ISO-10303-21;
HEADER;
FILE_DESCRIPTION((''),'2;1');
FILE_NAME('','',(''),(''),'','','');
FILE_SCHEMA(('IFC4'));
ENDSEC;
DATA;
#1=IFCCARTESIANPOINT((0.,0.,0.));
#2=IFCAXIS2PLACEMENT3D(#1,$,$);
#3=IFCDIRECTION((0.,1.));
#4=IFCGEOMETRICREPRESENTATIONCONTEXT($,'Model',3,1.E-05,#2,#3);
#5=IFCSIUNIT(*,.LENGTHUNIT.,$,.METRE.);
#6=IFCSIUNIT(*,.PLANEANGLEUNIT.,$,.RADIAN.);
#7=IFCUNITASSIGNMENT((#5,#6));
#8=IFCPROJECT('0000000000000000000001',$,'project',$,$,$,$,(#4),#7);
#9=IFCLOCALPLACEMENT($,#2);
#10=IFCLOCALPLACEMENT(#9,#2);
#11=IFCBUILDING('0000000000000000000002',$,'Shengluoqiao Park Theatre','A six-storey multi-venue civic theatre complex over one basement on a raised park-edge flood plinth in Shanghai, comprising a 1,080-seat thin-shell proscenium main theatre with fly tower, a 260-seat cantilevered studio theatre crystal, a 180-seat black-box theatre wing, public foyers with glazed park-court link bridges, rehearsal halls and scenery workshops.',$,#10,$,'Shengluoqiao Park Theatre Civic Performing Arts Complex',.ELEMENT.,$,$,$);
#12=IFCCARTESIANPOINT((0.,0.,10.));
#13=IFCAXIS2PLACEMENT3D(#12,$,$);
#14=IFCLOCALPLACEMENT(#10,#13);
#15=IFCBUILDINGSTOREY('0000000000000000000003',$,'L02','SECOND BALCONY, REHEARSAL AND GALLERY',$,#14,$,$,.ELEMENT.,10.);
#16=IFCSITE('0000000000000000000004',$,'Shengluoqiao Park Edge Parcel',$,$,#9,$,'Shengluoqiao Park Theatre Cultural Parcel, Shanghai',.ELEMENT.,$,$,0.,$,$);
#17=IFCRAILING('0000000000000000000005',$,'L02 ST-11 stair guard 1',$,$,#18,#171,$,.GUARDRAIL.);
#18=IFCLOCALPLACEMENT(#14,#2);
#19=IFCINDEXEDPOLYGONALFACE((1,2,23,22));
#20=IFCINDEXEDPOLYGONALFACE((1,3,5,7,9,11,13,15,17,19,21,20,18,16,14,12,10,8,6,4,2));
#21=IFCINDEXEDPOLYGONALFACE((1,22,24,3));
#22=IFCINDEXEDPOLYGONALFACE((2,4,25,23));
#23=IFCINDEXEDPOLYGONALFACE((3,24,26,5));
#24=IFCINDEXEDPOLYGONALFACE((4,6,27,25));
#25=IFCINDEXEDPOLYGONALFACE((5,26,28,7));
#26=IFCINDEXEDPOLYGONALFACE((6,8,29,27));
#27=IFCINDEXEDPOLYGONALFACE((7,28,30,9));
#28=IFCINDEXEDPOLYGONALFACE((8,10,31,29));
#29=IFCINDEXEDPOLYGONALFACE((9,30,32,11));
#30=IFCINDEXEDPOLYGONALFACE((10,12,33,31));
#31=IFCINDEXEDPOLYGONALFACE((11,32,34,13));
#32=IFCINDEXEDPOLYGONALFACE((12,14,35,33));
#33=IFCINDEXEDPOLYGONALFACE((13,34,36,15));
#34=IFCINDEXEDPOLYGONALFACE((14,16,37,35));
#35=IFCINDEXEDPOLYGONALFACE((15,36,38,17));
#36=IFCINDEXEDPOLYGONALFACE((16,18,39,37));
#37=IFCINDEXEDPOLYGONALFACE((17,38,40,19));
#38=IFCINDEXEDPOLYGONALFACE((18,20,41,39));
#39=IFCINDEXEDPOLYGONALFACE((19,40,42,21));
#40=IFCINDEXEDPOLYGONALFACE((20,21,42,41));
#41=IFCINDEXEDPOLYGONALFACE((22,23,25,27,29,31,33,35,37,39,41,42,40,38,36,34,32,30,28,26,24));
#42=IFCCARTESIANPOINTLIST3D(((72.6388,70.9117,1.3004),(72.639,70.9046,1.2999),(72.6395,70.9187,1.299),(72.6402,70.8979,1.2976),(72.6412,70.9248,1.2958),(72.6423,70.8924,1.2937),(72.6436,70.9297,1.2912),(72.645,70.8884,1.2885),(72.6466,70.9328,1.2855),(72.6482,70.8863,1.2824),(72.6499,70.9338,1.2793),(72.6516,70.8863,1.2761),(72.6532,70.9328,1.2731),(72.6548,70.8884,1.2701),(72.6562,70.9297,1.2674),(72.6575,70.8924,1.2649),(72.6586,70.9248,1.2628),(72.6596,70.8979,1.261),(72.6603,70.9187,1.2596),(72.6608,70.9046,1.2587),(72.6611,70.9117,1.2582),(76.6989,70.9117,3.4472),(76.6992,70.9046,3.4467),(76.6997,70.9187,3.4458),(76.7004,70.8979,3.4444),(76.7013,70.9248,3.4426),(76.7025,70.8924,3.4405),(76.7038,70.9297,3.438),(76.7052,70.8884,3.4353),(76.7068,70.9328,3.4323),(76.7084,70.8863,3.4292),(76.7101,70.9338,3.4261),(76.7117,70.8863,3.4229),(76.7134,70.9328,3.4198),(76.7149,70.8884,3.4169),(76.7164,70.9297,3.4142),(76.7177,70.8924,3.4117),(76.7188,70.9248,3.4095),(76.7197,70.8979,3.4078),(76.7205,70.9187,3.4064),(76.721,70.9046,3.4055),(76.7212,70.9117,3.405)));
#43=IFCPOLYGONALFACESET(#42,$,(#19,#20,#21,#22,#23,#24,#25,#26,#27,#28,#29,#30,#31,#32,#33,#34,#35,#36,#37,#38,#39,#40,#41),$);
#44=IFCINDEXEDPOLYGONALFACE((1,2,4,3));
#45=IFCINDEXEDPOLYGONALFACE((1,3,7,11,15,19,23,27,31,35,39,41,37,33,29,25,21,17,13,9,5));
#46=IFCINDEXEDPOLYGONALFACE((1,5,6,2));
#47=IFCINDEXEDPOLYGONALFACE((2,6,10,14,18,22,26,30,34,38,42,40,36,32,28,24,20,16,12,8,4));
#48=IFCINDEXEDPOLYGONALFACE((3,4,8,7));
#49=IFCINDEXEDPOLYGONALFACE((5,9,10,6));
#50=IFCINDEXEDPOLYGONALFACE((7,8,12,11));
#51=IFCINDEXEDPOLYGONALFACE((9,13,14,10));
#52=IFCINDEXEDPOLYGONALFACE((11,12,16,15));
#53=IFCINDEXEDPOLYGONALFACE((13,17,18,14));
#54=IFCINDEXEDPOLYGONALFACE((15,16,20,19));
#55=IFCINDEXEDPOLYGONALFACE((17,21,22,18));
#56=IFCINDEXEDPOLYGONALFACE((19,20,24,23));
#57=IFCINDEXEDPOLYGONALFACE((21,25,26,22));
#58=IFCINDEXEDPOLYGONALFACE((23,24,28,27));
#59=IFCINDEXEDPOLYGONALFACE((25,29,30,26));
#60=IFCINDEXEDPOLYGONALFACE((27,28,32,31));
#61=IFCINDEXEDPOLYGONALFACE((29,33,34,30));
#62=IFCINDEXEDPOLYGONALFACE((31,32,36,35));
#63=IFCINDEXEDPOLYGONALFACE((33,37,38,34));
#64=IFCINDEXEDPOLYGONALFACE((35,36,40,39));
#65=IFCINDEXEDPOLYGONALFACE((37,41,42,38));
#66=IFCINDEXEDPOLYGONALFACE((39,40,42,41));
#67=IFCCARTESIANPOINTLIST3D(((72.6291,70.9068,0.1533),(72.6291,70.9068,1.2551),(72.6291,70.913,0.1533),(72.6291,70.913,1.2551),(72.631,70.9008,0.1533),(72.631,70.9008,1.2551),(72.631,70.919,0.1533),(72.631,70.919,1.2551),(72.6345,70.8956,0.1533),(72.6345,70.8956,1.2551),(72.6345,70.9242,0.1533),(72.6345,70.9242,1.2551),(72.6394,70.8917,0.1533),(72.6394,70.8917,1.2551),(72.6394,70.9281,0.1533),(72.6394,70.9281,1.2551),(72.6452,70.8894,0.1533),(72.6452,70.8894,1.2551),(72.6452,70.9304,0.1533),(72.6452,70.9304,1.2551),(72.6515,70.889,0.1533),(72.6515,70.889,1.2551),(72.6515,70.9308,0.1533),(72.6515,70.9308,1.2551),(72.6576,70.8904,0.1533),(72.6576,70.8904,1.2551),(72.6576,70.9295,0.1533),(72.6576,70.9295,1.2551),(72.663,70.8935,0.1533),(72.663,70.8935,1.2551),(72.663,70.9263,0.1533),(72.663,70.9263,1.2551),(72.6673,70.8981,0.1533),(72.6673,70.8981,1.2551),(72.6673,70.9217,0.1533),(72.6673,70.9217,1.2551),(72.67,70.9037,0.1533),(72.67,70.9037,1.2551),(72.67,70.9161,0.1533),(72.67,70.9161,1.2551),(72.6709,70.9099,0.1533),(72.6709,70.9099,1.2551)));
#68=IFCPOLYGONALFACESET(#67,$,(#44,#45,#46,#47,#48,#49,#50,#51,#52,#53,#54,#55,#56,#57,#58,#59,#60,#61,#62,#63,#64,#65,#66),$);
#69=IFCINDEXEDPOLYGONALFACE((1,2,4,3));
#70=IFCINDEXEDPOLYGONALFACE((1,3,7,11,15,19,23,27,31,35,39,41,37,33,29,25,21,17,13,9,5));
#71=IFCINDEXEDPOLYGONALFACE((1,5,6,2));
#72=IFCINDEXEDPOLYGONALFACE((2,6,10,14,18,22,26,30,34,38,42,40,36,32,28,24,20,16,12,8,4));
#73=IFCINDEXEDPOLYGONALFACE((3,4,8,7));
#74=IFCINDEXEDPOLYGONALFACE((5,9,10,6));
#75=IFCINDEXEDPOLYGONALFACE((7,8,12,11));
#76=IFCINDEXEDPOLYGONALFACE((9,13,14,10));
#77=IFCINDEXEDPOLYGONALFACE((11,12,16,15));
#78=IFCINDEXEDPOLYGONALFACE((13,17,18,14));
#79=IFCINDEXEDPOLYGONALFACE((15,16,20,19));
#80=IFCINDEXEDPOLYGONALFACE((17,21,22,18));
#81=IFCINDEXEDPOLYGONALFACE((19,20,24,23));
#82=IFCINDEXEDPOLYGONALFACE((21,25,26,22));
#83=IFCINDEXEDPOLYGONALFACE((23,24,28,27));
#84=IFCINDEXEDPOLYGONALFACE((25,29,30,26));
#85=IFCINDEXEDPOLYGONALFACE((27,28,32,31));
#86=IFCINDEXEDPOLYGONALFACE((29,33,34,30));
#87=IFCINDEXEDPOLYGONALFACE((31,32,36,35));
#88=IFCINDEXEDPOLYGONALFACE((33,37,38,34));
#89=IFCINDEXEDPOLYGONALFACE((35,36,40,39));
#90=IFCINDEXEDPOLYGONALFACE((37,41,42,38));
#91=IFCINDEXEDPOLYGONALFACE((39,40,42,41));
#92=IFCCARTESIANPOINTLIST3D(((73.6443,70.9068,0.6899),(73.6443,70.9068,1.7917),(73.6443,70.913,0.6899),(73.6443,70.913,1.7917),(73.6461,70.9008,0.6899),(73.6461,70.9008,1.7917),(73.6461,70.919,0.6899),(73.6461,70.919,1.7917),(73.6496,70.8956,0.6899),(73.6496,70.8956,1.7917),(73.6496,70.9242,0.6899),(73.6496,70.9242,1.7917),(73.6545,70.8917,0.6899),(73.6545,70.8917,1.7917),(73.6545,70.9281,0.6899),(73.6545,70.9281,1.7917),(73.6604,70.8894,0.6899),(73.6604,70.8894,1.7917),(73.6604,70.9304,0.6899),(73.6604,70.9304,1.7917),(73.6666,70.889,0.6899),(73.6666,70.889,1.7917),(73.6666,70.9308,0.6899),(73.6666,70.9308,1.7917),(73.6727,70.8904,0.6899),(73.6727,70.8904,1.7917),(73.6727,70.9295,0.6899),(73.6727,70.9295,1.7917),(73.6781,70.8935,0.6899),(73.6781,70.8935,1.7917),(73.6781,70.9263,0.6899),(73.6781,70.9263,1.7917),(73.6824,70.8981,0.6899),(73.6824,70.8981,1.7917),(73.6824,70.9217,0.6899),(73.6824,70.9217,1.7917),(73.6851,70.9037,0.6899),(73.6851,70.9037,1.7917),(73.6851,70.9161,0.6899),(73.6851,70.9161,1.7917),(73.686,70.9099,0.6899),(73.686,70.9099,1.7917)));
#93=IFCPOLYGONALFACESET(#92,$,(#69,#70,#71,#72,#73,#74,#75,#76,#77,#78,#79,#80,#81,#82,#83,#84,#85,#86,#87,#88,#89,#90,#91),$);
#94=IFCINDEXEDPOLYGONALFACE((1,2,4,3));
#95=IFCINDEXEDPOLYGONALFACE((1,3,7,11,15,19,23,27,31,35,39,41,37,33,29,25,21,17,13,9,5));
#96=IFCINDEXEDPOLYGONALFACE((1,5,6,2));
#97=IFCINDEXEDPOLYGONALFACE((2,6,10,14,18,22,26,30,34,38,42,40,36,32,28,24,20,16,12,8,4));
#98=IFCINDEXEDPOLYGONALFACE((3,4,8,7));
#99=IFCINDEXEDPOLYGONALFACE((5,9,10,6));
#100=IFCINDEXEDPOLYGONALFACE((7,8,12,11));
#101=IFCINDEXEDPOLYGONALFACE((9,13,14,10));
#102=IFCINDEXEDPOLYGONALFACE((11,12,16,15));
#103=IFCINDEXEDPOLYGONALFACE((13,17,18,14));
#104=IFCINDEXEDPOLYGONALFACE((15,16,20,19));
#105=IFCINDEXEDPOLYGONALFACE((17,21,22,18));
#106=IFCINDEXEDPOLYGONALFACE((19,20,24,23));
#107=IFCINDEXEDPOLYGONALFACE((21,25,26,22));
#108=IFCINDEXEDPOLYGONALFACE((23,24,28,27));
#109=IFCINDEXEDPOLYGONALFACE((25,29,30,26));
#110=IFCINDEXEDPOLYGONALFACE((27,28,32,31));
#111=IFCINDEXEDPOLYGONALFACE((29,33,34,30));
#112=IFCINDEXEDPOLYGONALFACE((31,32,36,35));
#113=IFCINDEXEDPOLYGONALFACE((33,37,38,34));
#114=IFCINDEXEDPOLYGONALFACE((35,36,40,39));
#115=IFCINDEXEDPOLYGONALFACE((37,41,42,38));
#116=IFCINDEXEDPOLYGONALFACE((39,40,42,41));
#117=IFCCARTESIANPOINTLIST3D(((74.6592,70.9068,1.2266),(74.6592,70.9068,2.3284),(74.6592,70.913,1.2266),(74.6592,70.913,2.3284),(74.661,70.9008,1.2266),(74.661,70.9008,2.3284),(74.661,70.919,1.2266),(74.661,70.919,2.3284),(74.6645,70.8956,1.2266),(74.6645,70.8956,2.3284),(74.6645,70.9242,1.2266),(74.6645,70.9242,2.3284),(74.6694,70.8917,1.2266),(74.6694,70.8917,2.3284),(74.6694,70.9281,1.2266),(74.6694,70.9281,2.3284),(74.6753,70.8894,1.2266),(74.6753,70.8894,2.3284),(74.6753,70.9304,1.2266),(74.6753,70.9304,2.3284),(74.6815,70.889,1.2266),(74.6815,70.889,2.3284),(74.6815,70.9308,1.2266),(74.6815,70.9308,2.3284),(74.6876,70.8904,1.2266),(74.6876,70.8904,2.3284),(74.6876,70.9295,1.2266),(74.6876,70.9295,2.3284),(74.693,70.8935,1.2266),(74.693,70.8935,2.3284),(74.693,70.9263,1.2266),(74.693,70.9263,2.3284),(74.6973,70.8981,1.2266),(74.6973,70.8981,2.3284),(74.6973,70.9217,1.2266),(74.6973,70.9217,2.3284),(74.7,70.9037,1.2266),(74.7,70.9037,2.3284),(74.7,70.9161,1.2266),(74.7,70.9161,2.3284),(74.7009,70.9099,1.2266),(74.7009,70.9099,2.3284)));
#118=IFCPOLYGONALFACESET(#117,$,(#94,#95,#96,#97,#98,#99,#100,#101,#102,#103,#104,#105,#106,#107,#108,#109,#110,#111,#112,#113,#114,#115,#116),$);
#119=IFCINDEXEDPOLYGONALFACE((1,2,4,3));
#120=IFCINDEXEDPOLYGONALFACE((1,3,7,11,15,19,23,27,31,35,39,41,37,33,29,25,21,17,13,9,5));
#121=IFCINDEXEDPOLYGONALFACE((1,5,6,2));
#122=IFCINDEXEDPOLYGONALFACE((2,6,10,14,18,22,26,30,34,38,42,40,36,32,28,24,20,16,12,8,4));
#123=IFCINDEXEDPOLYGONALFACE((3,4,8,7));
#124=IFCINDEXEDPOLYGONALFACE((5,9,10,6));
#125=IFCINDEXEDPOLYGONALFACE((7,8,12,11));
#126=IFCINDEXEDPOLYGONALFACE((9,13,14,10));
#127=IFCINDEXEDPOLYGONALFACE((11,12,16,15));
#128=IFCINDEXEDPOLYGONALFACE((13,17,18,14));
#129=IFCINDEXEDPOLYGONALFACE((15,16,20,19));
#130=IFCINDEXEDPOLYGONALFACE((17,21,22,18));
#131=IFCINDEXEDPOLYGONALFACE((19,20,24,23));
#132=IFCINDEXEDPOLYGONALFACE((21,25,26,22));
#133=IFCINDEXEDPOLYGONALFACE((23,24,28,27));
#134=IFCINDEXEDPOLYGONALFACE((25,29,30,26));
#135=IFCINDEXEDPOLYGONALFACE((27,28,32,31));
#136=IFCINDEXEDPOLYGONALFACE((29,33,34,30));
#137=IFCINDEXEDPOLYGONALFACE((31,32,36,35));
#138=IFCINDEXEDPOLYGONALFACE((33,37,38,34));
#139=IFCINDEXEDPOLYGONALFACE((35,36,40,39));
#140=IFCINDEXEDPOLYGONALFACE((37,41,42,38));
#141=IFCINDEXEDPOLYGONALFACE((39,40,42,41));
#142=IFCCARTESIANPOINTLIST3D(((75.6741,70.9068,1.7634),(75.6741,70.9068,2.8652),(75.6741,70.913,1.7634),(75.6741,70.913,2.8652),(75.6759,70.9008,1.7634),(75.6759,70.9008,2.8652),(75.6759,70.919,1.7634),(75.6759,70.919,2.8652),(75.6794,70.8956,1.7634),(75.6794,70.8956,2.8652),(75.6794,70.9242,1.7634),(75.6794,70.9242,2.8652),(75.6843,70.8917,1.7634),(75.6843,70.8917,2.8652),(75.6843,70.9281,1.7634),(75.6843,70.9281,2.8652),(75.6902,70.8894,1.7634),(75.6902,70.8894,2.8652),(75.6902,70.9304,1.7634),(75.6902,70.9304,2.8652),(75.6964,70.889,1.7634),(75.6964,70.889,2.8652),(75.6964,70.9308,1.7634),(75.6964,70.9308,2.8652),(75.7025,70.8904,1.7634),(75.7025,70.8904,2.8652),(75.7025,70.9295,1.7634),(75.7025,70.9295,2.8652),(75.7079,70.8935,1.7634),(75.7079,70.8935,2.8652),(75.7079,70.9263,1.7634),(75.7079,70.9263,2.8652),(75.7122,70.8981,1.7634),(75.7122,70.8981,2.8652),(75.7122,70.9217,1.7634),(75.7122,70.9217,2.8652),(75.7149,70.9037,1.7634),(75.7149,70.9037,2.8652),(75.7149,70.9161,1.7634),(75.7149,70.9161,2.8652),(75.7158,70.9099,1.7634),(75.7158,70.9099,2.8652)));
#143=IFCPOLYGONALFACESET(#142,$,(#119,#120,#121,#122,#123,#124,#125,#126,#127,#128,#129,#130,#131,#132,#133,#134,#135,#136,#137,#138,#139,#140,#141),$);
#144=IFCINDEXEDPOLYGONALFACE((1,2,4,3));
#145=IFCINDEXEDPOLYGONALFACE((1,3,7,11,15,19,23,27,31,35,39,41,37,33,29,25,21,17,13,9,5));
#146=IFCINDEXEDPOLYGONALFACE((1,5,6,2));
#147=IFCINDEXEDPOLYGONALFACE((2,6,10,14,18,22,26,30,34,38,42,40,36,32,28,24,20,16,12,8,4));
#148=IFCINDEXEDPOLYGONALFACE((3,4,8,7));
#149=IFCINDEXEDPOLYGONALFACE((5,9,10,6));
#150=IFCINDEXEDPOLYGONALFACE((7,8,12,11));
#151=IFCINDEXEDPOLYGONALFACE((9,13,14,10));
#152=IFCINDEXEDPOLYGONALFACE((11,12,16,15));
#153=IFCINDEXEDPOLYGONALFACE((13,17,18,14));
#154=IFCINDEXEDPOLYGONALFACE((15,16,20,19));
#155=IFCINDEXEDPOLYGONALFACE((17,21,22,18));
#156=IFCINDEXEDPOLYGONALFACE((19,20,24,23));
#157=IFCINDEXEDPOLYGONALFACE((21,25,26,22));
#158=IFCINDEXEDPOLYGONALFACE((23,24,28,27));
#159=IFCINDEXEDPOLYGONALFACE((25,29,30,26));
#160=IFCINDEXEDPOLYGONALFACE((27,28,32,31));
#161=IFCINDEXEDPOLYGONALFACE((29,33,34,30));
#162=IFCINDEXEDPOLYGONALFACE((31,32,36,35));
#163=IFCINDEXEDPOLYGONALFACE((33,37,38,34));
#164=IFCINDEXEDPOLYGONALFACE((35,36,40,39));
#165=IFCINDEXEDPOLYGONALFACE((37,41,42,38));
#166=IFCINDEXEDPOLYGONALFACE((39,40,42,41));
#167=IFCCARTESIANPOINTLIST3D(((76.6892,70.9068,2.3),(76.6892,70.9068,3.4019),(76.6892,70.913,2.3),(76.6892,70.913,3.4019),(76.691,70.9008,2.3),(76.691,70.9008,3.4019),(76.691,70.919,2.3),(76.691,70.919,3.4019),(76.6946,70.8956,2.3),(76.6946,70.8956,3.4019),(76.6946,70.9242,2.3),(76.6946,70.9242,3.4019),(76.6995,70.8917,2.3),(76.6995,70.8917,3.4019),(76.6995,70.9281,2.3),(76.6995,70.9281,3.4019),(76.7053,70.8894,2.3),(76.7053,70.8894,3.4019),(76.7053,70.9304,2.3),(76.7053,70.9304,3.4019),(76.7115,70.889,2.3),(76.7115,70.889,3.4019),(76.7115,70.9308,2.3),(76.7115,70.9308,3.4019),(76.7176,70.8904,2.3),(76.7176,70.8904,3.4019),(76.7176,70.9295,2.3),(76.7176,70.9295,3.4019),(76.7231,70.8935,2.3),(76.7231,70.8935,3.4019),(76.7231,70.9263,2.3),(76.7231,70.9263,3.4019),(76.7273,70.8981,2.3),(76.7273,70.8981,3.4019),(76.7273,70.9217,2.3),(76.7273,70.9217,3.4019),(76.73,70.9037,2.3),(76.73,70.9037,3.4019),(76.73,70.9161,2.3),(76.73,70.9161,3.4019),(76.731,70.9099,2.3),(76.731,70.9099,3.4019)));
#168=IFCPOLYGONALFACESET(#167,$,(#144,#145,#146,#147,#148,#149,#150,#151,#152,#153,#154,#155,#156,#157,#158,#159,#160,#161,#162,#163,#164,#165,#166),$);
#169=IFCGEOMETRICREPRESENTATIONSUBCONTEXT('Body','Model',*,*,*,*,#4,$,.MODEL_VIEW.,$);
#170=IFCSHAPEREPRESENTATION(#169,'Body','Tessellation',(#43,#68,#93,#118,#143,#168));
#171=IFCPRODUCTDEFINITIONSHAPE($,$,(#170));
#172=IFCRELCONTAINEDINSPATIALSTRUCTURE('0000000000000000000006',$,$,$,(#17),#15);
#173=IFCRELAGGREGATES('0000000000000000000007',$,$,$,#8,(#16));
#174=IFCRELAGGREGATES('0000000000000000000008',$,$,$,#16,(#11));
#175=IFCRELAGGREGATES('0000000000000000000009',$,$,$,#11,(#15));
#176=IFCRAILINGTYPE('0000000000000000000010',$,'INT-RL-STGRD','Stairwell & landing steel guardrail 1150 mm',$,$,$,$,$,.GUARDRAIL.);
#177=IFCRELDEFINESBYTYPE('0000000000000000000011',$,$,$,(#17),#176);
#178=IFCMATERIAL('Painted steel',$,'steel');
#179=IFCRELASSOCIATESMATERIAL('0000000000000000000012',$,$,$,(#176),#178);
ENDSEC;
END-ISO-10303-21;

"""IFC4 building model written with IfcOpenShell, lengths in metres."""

from ifc_helpers import new_model, si_unit, direction, frame, origin, origin_2d, place, context, subcontext, project, spatial, circle, extrude, material, type_object, element, save


model = new_model("IFC4")

# Units and contexts
model_context = context("Model", 3, precision=1e-05, world=origin(), true_north=direction((0.0, 1.0)))
body_context = subcontext(model_context, "Body", "Model", "MODEL_VIEW")
ifc_project = project(units=[si_unit("LENGTHUNIT", "METRE"), si_unit("PLANEANGLEUNIT", "RADIAN")], contexts=[model_context])

# Site, building, storey
site_placement = place(None, origin())
site = spatial("IfcSite", under=ifc_project, at=site_placement, Name="Shengluoqiao Park Edge Parcel", LongName="Shengluoqiao Park Theatre Cultural Parcel, Shanghai", CompositionType="ELEMENT", RefElevation=0.0)
building_placement = place(site_placement, origin())
building = spatial("IfcBuilding", under=site, at=building_placement, Name="Shengluoqiao Park Theatre", Description="A six-storey multi-venue civic theatre complex over one basement on a raised park-edge flood plinth in Shanghai, comprising a 1,080-seat thin-shell proscenium main theatre with fly tower, a 260-seat cantilevered studio theatre crystal, a 180-seat black-box theatre wing, public foyers with glazed park-court link bridges, rehearsal halls and scenery workshops.", LongName="Shengluoqiao Park Theatre Civic Performing Arts Complex", CompositionType="ELEMENT")
storey_placement = place(building_placement, frame((0.0, 0.0, 10.0)))
storey = spatial("IfcBuildingStorey", under=building, at=storey_placement, Name="L02", Description="SECOND BALCONY, REHEARSAL AND GALLERY", CompositionType="ELEMENT", Elevation=10.0)

# Railing
ifc_material_1 = material(Name="Painted steel", Category="steel")
railing_type_1 = type_object("IfcRailingType", Name="INT-RL-STGRD", Description="Stairwell & landing steel guardrail 1150 mm", PredefinedType="GUARDRAIL", material=ifc_material_1)
railing_1_placement = place(storey_placement, frame((72.6499, 70.9099, 0.1533)))
element("IfcRailing", 1, at=railing_1_placement, inside=storey, type_object=railing_type_1, Name="L02 ST-11 stair guard 1", PredefinedType="GUARDRAIL", context=body_context, shape_type="SweptSolid", body=[
    extrude(circle(Radius=0.0239, at=origin_2d()), frame((0.0, 0.0, 1.126), z_axis=(0.884032, 0.0, 0.467426), x_axis=(0.0, 1.0, 0.0)), (0.0, 0.0, 1.0), 4.5928),
    extrude(circle(Radius=0.021, at=origin_2d()), origin(), (0.0, 0.0, 1.0), 1.1018),
    extrude(circle(Radius=0.021, at=origin_2d()), frame((1.0151, 0.0, 0.5366)), (0.0, 0.0, 1.0), 1.1018),
    extrude(circle(Radius=0.021, at=origin_2d()), frame((2.03, 0.0, 1.0732)), (0.0, 0.0, 1.0), 1.1018),
    extrude(circle(Radius=0.021, at=origin_2d()), frame((3.0449, 0.0, 1.6101)), (0.0, 0.0, 1.0), 1.1018),
    extrude(circle(Radius=0.021, at=origin_2d()), frame((4.0601, 0.0, 2.1467)), (0.0, 0.0, 1.0), 1.1018),
])

save(model, "model.ifc")
